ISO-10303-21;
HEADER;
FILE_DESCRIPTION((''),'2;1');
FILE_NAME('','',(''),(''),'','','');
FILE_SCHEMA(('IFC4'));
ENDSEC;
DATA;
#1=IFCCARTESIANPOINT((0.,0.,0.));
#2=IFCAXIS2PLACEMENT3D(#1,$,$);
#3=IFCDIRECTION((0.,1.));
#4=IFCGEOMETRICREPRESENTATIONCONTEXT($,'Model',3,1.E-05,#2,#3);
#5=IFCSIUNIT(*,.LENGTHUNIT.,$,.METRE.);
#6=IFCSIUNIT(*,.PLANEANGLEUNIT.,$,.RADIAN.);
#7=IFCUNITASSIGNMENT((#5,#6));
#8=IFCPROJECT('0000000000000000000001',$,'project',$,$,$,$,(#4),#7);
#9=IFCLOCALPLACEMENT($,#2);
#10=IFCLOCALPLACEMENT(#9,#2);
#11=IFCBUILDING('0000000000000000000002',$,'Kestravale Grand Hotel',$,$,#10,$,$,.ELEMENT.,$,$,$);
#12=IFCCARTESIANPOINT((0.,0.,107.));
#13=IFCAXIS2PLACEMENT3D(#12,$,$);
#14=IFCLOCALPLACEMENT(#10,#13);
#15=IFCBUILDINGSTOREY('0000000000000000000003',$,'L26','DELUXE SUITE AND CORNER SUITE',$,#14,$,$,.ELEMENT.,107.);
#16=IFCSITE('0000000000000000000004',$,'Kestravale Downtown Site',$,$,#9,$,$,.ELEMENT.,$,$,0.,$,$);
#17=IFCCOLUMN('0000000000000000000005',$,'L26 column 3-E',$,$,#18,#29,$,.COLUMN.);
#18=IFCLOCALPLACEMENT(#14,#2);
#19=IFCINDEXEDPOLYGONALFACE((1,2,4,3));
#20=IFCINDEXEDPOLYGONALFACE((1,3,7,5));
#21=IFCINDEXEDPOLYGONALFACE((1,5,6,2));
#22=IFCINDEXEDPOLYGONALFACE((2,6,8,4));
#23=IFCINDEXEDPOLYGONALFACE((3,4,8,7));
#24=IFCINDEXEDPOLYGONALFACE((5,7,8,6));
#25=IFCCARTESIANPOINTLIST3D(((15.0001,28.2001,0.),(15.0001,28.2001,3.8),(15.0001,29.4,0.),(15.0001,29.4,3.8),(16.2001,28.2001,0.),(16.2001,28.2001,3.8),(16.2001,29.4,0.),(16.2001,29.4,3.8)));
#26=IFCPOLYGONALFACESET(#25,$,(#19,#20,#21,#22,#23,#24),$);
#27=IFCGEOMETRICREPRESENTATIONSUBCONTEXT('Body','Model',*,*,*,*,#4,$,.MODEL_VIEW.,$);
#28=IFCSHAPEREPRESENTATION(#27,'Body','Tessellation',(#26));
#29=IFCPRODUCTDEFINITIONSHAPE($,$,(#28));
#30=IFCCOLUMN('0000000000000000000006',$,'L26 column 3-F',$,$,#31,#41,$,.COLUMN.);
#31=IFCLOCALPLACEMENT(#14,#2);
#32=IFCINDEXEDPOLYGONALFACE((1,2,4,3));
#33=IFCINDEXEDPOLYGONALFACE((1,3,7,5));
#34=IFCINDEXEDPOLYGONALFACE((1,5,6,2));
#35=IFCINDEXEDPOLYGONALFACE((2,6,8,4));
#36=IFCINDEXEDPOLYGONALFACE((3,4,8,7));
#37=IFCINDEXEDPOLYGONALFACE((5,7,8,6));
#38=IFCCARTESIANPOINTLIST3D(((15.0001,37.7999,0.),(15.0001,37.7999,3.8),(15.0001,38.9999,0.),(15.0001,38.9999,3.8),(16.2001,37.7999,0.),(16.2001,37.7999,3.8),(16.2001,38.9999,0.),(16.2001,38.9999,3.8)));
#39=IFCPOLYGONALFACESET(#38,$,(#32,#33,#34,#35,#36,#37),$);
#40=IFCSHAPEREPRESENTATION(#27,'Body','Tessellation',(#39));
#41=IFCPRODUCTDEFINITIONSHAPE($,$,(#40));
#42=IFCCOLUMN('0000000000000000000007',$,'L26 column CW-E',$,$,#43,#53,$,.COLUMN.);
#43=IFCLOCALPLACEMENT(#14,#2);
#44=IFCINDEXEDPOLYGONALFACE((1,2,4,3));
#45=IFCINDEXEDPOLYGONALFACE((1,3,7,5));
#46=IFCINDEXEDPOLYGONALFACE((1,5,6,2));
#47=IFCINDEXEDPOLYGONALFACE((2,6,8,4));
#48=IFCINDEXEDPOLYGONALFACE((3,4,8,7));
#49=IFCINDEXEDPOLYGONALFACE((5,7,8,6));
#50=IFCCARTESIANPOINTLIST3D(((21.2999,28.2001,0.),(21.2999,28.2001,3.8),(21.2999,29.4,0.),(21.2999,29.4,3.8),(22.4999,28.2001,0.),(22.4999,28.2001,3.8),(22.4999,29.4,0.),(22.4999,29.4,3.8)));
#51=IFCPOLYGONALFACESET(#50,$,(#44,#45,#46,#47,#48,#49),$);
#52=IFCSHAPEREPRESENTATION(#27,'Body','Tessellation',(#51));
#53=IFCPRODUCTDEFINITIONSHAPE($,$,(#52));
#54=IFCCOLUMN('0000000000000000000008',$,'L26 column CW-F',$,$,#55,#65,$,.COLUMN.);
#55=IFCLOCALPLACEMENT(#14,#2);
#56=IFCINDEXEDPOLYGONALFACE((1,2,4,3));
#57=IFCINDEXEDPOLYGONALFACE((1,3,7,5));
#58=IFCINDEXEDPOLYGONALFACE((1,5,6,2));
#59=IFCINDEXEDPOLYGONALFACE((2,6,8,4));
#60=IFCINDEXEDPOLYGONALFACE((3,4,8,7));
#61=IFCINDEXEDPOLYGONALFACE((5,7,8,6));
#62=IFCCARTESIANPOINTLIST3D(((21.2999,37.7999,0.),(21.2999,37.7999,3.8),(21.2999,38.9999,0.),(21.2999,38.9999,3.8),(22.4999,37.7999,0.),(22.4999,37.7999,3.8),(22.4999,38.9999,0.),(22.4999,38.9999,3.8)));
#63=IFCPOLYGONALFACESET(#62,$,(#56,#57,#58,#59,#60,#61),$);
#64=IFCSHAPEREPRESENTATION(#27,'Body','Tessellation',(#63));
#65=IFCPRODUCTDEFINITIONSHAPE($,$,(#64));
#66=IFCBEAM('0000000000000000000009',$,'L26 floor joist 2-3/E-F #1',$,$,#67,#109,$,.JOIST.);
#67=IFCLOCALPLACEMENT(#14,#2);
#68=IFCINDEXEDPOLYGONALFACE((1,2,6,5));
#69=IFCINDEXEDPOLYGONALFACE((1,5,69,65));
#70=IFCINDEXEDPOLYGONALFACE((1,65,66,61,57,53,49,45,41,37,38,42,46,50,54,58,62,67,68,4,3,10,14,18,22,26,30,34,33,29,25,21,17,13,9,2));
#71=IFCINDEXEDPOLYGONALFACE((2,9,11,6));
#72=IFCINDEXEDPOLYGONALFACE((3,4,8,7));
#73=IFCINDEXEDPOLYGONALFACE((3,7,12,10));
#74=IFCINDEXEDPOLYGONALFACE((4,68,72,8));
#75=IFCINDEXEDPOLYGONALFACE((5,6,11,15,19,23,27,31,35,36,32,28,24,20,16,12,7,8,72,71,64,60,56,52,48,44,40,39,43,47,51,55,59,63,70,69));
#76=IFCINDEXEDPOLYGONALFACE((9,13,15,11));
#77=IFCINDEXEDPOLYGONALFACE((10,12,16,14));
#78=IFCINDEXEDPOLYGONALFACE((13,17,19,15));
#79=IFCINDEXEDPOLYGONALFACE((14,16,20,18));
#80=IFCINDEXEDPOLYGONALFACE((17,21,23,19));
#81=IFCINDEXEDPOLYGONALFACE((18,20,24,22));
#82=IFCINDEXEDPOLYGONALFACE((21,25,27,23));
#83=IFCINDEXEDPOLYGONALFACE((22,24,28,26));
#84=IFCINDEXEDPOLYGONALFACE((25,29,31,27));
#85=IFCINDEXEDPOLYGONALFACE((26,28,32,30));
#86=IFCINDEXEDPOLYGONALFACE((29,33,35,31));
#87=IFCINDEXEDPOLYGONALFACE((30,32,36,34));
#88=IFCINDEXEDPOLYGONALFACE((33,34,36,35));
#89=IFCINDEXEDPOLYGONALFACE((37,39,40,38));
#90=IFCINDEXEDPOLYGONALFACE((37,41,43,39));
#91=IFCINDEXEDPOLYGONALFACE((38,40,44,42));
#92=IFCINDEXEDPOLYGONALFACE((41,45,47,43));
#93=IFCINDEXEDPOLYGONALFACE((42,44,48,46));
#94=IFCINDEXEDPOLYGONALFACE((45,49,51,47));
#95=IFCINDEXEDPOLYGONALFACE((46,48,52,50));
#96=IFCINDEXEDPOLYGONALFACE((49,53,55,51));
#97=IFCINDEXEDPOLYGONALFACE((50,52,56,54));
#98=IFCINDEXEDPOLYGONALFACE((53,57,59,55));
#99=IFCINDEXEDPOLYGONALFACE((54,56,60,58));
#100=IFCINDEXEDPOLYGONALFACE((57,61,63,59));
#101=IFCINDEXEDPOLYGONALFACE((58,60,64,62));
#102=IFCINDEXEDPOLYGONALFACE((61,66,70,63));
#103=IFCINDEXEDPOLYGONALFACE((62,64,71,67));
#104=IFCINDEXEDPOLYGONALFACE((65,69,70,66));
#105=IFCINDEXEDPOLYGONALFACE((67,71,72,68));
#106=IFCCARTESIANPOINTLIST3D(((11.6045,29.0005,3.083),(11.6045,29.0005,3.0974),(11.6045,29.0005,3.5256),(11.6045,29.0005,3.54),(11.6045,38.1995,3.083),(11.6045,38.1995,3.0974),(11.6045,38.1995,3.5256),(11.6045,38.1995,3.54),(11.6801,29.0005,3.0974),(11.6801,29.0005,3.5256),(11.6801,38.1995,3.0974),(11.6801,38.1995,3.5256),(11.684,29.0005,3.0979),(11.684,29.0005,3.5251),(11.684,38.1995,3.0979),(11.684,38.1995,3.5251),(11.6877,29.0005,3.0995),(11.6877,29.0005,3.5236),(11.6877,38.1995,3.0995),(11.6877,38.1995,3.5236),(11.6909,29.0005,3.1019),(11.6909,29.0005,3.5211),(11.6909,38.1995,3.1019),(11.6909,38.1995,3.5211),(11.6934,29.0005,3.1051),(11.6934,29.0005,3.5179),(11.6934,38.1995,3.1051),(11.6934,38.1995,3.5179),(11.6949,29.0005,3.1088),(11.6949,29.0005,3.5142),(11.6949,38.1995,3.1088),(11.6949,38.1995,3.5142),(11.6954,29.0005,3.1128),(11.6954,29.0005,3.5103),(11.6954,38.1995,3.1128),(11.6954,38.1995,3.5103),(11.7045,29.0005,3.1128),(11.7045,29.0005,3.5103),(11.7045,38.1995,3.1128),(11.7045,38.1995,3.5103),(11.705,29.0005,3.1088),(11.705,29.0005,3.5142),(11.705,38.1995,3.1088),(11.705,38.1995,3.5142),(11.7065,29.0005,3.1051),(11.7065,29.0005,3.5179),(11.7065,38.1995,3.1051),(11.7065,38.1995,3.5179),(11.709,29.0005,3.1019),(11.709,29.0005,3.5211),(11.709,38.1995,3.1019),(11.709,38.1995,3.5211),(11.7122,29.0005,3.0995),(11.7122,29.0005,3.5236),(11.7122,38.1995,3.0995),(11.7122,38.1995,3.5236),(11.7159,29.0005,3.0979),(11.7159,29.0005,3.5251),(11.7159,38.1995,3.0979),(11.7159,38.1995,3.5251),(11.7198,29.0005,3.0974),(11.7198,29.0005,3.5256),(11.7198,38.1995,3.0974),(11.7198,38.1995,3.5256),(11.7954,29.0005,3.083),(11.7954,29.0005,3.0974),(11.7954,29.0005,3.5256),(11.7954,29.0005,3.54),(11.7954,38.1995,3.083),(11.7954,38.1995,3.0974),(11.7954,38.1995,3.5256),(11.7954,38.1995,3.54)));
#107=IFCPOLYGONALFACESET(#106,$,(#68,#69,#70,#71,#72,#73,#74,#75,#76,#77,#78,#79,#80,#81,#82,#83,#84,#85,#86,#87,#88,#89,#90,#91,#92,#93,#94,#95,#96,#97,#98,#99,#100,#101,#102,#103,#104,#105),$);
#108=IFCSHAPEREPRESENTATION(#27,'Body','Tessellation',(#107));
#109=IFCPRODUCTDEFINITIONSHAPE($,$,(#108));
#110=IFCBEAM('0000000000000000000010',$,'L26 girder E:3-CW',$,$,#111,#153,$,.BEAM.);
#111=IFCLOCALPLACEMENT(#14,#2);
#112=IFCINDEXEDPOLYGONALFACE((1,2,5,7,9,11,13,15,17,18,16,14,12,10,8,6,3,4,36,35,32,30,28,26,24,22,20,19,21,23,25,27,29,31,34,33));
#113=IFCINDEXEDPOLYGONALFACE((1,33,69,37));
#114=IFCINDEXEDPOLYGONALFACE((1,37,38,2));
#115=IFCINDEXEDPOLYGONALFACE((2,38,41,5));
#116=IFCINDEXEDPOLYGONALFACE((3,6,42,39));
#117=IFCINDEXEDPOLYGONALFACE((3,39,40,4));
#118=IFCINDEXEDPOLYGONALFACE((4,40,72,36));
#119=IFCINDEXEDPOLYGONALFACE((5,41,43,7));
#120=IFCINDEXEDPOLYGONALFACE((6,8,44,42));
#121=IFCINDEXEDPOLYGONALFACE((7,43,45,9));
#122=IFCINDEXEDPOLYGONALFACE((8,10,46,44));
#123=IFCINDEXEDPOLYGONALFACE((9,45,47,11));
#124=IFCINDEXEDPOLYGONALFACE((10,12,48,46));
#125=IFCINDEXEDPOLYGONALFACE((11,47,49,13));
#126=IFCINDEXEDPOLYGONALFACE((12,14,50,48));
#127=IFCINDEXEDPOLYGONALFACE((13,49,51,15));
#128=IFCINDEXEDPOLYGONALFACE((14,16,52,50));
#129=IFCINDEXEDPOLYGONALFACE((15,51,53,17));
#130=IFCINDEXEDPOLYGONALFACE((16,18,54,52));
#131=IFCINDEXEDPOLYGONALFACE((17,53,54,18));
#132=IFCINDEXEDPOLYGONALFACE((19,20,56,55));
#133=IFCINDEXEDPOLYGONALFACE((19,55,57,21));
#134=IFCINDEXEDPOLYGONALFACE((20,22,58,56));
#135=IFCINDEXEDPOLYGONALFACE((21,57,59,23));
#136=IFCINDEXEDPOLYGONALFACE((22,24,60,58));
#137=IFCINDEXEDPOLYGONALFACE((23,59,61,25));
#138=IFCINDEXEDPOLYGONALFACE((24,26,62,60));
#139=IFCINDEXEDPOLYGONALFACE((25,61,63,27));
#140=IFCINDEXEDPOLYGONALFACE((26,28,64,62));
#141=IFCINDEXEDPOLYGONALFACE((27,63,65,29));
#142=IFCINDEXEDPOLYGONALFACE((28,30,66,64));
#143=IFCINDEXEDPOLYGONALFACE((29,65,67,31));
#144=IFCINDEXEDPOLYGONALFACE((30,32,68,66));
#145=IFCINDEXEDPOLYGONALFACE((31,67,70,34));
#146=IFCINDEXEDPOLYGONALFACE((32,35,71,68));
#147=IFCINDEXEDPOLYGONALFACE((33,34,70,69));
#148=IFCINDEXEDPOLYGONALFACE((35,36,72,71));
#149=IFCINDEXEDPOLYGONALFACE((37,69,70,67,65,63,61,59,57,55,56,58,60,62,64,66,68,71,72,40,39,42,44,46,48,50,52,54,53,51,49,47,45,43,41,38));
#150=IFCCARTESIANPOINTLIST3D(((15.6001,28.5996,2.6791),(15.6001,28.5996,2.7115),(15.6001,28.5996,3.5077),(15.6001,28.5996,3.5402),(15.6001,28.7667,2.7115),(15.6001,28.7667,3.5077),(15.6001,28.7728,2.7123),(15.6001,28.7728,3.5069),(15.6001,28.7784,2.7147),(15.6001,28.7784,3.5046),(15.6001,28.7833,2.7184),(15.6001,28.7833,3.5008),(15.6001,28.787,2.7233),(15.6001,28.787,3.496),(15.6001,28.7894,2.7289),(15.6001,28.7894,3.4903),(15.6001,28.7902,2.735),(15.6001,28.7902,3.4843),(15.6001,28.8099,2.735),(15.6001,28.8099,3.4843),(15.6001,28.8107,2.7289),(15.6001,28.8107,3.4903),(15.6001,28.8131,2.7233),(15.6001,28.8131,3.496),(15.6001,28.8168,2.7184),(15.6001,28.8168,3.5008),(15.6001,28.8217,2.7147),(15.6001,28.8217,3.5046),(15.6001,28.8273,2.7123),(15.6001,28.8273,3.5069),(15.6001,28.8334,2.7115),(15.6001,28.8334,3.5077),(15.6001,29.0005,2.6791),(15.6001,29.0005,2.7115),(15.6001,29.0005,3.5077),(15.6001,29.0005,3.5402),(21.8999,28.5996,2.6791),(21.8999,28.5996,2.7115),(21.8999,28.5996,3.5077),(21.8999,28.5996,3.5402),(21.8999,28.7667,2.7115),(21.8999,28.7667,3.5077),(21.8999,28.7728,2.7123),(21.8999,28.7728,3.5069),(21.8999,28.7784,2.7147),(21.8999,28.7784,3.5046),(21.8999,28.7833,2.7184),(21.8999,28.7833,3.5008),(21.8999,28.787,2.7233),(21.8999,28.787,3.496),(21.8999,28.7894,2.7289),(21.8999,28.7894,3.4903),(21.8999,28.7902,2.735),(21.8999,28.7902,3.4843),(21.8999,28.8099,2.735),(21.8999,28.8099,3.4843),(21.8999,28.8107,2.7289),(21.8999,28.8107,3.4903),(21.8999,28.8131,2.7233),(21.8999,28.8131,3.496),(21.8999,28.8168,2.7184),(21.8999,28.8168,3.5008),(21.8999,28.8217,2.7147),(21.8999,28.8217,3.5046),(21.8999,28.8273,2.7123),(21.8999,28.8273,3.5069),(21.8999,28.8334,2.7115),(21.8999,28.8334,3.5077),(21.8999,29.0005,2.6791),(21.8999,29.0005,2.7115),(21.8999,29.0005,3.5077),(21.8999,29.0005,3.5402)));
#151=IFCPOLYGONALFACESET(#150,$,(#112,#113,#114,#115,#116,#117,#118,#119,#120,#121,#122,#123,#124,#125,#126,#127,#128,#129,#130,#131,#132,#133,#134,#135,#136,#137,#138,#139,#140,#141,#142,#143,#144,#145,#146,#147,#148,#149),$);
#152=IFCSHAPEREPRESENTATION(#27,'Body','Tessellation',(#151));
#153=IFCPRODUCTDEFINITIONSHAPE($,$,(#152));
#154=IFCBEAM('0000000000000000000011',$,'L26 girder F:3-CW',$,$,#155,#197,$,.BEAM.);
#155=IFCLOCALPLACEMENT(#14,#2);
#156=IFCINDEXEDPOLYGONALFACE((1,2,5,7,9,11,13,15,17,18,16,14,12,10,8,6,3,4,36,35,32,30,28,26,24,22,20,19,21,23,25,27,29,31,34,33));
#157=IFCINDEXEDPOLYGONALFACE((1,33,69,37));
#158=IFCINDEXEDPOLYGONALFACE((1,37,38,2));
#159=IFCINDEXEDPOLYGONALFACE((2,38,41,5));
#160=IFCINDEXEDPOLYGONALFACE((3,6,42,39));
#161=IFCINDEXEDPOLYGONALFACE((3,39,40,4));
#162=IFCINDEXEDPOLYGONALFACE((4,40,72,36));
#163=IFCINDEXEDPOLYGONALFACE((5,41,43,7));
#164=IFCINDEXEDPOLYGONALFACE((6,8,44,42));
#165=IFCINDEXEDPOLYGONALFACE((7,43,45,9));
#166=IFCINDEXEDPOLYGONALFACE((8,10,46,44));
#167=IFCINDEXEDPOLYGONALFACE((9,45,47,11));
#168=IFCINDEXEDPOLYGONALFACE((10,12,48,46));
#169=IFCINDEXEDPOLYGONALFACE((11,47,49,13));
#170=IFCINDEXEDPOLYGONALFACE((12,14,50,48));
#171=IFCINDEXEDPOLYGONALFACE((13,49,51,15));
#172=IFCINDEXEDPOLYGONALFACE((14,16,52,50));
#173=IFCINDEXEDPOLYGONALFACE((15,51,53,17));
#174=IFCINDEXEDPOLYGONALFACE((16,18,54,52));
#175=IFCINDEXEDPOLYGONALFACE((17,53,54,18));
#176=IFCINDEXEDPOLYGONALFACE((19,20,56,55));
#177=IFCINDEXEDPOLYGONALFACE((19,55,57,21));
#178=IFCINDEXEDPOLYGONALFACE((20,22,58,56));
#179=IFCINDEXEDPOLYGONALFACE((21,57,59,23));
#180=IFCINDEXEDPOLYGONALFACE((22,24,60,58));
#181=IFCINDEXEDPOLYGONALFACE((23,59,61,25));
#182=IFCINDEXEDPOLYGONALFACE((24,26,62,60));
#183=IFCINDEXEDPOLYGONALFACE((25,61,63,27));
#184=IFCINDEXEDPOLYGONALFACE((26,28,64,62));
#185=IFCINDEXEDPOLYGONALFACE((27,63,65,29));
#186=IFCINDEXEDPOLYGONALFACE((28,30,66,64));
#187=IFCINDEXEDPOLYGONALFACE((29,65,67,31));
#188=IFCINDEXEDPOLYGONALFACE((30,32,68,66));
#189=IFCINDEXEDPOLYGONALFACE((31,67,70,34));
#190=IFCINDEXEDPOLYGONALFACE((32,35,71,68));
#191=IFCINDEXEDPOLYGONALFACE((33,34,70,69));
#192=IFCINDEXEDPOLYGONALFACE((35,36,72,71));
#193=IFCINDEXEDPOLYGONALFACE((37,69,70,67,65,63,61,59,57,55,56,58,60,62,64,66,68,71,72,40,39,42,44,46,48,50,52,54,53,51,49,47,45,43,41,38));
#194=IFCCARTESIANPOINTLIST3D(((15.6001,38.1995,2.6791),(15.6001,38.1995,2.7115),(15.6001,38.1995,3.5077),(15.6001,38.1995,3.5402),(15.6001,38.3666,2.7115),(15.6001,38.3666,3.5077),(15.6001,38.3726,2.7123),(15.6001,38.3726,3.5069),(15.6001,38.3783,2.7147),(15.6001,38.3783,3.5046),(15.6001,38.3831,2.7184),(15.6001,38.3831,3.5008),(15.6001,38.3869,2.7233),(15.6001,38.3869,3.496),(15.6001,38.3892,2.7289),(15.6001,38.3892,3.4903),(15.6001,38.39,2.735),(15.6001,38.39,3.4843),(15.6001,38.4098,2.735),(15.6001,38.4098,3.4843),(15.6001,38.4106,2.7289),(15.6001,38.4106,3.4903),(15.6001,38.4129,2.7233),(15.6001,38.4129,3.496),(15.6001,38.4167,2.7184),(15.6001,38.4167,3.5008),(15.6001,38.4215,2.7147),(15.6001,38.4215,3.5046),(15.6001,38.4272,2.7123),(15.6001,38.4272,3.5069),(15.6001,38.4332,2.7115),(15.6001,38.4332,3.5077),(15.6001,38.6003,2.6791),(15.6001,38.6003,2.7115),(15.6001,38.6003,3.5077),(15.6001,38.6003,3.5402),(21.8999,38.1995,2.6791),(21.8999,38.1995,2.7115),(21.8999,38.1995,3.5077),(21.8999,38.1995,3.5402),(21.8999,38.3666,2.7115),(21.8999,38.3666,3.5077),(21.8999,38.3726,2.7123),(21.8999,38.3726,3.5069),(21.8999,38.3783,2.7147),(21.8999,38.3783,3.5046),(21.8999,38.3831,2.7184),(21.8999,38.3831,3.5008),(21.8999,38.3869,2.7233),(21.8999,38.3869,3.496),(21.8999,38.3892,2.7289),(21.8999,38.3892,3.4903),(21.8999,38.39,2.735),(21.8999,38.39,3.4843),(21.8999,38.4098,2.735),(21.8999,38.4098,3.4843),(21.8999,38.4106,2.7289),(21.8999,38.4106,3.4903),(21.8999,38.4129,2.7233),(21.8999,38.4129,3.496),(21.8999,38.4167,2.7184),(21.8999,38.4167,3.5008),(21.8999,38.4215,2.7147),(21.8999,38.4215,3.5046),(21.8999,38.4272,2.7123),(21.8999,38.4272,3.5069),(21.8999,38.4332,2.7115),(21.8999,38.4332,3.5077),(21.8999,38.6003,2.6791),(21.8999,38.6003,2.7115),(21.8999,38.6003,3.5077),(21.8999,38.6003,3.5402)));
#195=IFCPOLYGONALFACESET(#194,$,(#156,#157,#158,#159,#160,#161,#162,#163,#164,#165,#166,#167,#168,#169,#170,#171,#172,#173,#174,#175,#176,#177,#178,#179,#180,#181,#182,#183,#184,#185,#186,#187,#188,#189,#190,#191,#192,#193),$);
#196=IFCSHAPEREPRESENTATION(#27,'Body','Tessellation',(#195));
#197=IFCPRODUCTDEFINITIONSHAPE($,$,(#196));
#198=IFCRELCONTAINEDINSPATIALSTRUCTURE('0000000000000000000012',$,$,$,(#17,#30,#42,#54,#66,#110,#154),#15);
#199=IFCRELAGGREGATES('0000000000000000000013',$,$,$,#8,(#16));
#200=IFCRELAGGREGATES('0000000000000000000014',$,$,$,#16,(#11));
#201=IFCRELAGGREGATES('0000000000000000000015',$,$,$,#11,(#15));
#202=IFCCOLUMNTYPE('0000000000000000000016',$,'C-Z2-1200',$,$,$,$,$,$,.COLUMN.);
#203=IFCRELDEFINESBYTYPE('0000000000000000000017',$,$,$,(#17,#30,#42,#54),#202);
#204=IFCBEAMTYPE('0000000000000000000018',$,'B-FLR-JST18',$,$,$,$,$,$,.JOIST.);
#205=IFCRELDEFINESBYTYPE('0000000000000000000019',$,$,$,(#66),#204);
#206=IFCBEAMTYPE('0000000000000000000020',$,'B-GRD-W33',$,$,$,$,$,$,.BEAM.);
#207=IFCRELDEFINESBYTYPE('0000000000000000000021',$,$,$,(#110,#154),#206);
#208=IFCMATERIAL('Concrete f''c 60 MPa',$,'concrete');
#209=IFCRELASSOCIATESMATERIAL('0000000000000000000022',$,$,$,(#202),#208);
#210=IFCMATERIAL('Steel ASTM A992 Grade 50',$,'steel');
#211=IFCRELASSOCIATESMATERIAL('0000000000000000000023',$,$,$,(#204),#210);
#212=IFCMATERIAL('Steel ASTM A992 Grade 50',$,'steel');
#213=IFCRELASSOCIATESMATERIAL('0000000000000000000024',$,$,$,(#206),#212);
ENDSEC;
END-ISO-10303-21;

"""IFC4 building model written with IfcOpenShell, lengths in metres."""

from ifc_helpers import new_model, si_unit, direction, frame, origin, origin_2d, place, context, subcontext, project, spatial, rectangle, i_section, extrude, material, material_profile, profile_set, type_object, element, save


model = new_model("IFC4")

# Units and contexts
model_context = context("Model", 3, precision=1e-05, world=origin(), true_north=direction((0.0, 1.0)))
body_context = subcontext(model_context, "Body", "Model", "MODEL_VIEW")
ifc_project = project(units=[si_unit("LENGTHUNIT", "METRE"), si_unit("PLANEANGLEUNIT", "RADIAN")], contexts=[model_context])

# Site, building, storey
site_placement = place(None, origin())
site = spatial("IfcSite", under=ifc_project, at=site_placement, Name="Kestravale Downtown Site", CompositionType="ELEMENT", RefElevation=0.0)
building_placement = place(site_placement, origin())
building = spatial("IfcBuilding", under=site, at=building_placement, Name="Kestravale Grand Hotel", CompositionType="ELEMENT")
storey_placement = place(building_placement, frame((0.0, 0.0, 107.0)))
storey = spatial("IfcBuildingStorey", under=building, at=storey_placement, Name="L26", Description="DELUXE SUITE AND CORNER SUITE", CompositionType="ELEMENT", Elevation=107.0)

# Columns
ifc_material_1 = material(Name="Concrete f'c 60 MPa", Category="concrete")
ifc_material_profile_1 = material_profile(ifc_material_1, rectangle(XDim=1.2, YDim=1.2, at=origin_2d()))
ifc_profile_set_1 = profile_set([ifc_material_profile_1], Name="Concrete f'c 60 MPa")
column_type = type_object("IfcColumnType", Name="C-Z2-1200", PredefinedType="COLUMN", material=ifc_profile_set_1)
for number, where, z_axis, x_axis, name in (
    (1, (15.6001, 28.8, 0.0), (0.0, 0.0, 1.0), (1.0, 0.0, 0.0), "L26 column 3-E"),
    (2, (15.6001, 38.3999, 0.0), (0.0, 0.0, 1.0), (1.0, 0.0, 0.0), "L26 column 3-F"),
    (3, (21.8999, 28.8, 0.0), (0.0, 0.0, 1.0), (1.0, 0.0, 0.0), "L26 column CW-E"),
    (4, (21.8999, 38.3999, 0.0), (0.0, 0.0, 1.0), (1.0, 0.0, 0.0), "L26 column CW-F"),
):
    element("IfcColumn", number, at=place(storey_placement, frame(where, z_axis=z_axis, x_axis=x_axis)), inside=storey, type_object=column_type, Name=name, PredefinedType="COLUMN", context=body_context, shape_type="SweptSolid", body=[
        extrude(rectangle(XDim=1.2, YDim=1.2, at=origin_2d()), origin(), (0.0, 0.0, 1.0), 3.8),
    ])

# Beams
ifc_material_2 = material(Name="Steel ASTM A992 Grade 50", Category="steel")
ifc_material_profile_2 = material_profile(ifc_material_2, i_section(OverallWidth=0.1909, OverallDepth=0.457, WebThickness=0.009, FlangeThickness=0.0144, FilletRadius=0.0154, at=origin_2d()))
ifc_profile_set_2 = profile_set([ifc_material_profile_2], Name="Steel ASTM A992 Grade 50")
beam_type_1 = type_object("IfcBeamType", Name="B-FLR-JST18", PredefinedType="JOIST", material=ifc_profile_set_2)
beam_1_placement = place(storey_placement, frame((11.7, 29.0005, 3.3115), z_axis=(0.0, 1.0, 0.0), x_axis=(-1.0, 0.0, 0.0)))
element("IfcBeam", 5, at=beam_1_placement, inside=storey, type_object=beam_type_1, Name="L26 floor joist 2-3/E-F #1", PredefinedType="JOIST", context=body_context, shape_type="SweptSolid", body=[
    extrude(i_section(OverallWidth=0.1909, OverallDepth=0.457, WebThickness=0.009, FlangeThickness=0.0144, FilletRadius=0.0154, at=origin_2d()), origin(), (0.0, 0.0, 1.0), 9.199),
])
ifc_material_3 = material(Name="Steel ASTM A992 Grade 50", Category="steel")
ifc_material_profile_3 = material_profile(ifc_material_3, i_section(OverallWidth=0.4009, OverallDepth=0.8611, WebThickness=0.0198, FlangeThickness=0.0325, FilletRadius=0.0234, at=origin_2d()))
ifc_profile_set_3 = profile_set([ifc_material_profile_3], Name="Steel ASTM A992 Grade 50")
beam_type_2 = type_object("IfcBeamType", Name="B-GRD-W33", PredefinedType="BEAM", material=ifc_profile_set_3)
for number, where, z_axis, x_axis, name in (
    (6, (15.6001, 28.8, 3.1096), (1.0, 0.0, 0.0), (0.0, 1.0, 0.0), "L26 girder E:3-CW"),
    (7, (15.6001, 38.3999, 3.1096), (1.0, 0.0, 0.0), (0.0, 1.0, 0.0), "L26 girder F:3-CW"),
):
    element("IfcBeam", number, at=place(storey_placement, frame(where, z_axis=z_axis, x_axis=x_axis)), inside=storey, type_object=beam_type_2, Name=name, PredefinedType="BEAM", context=body_context, shape_type="SweptSolid", body=[
        extrude(i_section(OverallWidth=0.4009, OverallDepth=0.8611, WebThickness=0.0198, FlangeThickness=0.0325, FilletRadius=0.0234, at=origin_2d()), origin(), (0.0, 0.0, 1.0), 6.2998),
    ])

save(model, "model.ifc")
